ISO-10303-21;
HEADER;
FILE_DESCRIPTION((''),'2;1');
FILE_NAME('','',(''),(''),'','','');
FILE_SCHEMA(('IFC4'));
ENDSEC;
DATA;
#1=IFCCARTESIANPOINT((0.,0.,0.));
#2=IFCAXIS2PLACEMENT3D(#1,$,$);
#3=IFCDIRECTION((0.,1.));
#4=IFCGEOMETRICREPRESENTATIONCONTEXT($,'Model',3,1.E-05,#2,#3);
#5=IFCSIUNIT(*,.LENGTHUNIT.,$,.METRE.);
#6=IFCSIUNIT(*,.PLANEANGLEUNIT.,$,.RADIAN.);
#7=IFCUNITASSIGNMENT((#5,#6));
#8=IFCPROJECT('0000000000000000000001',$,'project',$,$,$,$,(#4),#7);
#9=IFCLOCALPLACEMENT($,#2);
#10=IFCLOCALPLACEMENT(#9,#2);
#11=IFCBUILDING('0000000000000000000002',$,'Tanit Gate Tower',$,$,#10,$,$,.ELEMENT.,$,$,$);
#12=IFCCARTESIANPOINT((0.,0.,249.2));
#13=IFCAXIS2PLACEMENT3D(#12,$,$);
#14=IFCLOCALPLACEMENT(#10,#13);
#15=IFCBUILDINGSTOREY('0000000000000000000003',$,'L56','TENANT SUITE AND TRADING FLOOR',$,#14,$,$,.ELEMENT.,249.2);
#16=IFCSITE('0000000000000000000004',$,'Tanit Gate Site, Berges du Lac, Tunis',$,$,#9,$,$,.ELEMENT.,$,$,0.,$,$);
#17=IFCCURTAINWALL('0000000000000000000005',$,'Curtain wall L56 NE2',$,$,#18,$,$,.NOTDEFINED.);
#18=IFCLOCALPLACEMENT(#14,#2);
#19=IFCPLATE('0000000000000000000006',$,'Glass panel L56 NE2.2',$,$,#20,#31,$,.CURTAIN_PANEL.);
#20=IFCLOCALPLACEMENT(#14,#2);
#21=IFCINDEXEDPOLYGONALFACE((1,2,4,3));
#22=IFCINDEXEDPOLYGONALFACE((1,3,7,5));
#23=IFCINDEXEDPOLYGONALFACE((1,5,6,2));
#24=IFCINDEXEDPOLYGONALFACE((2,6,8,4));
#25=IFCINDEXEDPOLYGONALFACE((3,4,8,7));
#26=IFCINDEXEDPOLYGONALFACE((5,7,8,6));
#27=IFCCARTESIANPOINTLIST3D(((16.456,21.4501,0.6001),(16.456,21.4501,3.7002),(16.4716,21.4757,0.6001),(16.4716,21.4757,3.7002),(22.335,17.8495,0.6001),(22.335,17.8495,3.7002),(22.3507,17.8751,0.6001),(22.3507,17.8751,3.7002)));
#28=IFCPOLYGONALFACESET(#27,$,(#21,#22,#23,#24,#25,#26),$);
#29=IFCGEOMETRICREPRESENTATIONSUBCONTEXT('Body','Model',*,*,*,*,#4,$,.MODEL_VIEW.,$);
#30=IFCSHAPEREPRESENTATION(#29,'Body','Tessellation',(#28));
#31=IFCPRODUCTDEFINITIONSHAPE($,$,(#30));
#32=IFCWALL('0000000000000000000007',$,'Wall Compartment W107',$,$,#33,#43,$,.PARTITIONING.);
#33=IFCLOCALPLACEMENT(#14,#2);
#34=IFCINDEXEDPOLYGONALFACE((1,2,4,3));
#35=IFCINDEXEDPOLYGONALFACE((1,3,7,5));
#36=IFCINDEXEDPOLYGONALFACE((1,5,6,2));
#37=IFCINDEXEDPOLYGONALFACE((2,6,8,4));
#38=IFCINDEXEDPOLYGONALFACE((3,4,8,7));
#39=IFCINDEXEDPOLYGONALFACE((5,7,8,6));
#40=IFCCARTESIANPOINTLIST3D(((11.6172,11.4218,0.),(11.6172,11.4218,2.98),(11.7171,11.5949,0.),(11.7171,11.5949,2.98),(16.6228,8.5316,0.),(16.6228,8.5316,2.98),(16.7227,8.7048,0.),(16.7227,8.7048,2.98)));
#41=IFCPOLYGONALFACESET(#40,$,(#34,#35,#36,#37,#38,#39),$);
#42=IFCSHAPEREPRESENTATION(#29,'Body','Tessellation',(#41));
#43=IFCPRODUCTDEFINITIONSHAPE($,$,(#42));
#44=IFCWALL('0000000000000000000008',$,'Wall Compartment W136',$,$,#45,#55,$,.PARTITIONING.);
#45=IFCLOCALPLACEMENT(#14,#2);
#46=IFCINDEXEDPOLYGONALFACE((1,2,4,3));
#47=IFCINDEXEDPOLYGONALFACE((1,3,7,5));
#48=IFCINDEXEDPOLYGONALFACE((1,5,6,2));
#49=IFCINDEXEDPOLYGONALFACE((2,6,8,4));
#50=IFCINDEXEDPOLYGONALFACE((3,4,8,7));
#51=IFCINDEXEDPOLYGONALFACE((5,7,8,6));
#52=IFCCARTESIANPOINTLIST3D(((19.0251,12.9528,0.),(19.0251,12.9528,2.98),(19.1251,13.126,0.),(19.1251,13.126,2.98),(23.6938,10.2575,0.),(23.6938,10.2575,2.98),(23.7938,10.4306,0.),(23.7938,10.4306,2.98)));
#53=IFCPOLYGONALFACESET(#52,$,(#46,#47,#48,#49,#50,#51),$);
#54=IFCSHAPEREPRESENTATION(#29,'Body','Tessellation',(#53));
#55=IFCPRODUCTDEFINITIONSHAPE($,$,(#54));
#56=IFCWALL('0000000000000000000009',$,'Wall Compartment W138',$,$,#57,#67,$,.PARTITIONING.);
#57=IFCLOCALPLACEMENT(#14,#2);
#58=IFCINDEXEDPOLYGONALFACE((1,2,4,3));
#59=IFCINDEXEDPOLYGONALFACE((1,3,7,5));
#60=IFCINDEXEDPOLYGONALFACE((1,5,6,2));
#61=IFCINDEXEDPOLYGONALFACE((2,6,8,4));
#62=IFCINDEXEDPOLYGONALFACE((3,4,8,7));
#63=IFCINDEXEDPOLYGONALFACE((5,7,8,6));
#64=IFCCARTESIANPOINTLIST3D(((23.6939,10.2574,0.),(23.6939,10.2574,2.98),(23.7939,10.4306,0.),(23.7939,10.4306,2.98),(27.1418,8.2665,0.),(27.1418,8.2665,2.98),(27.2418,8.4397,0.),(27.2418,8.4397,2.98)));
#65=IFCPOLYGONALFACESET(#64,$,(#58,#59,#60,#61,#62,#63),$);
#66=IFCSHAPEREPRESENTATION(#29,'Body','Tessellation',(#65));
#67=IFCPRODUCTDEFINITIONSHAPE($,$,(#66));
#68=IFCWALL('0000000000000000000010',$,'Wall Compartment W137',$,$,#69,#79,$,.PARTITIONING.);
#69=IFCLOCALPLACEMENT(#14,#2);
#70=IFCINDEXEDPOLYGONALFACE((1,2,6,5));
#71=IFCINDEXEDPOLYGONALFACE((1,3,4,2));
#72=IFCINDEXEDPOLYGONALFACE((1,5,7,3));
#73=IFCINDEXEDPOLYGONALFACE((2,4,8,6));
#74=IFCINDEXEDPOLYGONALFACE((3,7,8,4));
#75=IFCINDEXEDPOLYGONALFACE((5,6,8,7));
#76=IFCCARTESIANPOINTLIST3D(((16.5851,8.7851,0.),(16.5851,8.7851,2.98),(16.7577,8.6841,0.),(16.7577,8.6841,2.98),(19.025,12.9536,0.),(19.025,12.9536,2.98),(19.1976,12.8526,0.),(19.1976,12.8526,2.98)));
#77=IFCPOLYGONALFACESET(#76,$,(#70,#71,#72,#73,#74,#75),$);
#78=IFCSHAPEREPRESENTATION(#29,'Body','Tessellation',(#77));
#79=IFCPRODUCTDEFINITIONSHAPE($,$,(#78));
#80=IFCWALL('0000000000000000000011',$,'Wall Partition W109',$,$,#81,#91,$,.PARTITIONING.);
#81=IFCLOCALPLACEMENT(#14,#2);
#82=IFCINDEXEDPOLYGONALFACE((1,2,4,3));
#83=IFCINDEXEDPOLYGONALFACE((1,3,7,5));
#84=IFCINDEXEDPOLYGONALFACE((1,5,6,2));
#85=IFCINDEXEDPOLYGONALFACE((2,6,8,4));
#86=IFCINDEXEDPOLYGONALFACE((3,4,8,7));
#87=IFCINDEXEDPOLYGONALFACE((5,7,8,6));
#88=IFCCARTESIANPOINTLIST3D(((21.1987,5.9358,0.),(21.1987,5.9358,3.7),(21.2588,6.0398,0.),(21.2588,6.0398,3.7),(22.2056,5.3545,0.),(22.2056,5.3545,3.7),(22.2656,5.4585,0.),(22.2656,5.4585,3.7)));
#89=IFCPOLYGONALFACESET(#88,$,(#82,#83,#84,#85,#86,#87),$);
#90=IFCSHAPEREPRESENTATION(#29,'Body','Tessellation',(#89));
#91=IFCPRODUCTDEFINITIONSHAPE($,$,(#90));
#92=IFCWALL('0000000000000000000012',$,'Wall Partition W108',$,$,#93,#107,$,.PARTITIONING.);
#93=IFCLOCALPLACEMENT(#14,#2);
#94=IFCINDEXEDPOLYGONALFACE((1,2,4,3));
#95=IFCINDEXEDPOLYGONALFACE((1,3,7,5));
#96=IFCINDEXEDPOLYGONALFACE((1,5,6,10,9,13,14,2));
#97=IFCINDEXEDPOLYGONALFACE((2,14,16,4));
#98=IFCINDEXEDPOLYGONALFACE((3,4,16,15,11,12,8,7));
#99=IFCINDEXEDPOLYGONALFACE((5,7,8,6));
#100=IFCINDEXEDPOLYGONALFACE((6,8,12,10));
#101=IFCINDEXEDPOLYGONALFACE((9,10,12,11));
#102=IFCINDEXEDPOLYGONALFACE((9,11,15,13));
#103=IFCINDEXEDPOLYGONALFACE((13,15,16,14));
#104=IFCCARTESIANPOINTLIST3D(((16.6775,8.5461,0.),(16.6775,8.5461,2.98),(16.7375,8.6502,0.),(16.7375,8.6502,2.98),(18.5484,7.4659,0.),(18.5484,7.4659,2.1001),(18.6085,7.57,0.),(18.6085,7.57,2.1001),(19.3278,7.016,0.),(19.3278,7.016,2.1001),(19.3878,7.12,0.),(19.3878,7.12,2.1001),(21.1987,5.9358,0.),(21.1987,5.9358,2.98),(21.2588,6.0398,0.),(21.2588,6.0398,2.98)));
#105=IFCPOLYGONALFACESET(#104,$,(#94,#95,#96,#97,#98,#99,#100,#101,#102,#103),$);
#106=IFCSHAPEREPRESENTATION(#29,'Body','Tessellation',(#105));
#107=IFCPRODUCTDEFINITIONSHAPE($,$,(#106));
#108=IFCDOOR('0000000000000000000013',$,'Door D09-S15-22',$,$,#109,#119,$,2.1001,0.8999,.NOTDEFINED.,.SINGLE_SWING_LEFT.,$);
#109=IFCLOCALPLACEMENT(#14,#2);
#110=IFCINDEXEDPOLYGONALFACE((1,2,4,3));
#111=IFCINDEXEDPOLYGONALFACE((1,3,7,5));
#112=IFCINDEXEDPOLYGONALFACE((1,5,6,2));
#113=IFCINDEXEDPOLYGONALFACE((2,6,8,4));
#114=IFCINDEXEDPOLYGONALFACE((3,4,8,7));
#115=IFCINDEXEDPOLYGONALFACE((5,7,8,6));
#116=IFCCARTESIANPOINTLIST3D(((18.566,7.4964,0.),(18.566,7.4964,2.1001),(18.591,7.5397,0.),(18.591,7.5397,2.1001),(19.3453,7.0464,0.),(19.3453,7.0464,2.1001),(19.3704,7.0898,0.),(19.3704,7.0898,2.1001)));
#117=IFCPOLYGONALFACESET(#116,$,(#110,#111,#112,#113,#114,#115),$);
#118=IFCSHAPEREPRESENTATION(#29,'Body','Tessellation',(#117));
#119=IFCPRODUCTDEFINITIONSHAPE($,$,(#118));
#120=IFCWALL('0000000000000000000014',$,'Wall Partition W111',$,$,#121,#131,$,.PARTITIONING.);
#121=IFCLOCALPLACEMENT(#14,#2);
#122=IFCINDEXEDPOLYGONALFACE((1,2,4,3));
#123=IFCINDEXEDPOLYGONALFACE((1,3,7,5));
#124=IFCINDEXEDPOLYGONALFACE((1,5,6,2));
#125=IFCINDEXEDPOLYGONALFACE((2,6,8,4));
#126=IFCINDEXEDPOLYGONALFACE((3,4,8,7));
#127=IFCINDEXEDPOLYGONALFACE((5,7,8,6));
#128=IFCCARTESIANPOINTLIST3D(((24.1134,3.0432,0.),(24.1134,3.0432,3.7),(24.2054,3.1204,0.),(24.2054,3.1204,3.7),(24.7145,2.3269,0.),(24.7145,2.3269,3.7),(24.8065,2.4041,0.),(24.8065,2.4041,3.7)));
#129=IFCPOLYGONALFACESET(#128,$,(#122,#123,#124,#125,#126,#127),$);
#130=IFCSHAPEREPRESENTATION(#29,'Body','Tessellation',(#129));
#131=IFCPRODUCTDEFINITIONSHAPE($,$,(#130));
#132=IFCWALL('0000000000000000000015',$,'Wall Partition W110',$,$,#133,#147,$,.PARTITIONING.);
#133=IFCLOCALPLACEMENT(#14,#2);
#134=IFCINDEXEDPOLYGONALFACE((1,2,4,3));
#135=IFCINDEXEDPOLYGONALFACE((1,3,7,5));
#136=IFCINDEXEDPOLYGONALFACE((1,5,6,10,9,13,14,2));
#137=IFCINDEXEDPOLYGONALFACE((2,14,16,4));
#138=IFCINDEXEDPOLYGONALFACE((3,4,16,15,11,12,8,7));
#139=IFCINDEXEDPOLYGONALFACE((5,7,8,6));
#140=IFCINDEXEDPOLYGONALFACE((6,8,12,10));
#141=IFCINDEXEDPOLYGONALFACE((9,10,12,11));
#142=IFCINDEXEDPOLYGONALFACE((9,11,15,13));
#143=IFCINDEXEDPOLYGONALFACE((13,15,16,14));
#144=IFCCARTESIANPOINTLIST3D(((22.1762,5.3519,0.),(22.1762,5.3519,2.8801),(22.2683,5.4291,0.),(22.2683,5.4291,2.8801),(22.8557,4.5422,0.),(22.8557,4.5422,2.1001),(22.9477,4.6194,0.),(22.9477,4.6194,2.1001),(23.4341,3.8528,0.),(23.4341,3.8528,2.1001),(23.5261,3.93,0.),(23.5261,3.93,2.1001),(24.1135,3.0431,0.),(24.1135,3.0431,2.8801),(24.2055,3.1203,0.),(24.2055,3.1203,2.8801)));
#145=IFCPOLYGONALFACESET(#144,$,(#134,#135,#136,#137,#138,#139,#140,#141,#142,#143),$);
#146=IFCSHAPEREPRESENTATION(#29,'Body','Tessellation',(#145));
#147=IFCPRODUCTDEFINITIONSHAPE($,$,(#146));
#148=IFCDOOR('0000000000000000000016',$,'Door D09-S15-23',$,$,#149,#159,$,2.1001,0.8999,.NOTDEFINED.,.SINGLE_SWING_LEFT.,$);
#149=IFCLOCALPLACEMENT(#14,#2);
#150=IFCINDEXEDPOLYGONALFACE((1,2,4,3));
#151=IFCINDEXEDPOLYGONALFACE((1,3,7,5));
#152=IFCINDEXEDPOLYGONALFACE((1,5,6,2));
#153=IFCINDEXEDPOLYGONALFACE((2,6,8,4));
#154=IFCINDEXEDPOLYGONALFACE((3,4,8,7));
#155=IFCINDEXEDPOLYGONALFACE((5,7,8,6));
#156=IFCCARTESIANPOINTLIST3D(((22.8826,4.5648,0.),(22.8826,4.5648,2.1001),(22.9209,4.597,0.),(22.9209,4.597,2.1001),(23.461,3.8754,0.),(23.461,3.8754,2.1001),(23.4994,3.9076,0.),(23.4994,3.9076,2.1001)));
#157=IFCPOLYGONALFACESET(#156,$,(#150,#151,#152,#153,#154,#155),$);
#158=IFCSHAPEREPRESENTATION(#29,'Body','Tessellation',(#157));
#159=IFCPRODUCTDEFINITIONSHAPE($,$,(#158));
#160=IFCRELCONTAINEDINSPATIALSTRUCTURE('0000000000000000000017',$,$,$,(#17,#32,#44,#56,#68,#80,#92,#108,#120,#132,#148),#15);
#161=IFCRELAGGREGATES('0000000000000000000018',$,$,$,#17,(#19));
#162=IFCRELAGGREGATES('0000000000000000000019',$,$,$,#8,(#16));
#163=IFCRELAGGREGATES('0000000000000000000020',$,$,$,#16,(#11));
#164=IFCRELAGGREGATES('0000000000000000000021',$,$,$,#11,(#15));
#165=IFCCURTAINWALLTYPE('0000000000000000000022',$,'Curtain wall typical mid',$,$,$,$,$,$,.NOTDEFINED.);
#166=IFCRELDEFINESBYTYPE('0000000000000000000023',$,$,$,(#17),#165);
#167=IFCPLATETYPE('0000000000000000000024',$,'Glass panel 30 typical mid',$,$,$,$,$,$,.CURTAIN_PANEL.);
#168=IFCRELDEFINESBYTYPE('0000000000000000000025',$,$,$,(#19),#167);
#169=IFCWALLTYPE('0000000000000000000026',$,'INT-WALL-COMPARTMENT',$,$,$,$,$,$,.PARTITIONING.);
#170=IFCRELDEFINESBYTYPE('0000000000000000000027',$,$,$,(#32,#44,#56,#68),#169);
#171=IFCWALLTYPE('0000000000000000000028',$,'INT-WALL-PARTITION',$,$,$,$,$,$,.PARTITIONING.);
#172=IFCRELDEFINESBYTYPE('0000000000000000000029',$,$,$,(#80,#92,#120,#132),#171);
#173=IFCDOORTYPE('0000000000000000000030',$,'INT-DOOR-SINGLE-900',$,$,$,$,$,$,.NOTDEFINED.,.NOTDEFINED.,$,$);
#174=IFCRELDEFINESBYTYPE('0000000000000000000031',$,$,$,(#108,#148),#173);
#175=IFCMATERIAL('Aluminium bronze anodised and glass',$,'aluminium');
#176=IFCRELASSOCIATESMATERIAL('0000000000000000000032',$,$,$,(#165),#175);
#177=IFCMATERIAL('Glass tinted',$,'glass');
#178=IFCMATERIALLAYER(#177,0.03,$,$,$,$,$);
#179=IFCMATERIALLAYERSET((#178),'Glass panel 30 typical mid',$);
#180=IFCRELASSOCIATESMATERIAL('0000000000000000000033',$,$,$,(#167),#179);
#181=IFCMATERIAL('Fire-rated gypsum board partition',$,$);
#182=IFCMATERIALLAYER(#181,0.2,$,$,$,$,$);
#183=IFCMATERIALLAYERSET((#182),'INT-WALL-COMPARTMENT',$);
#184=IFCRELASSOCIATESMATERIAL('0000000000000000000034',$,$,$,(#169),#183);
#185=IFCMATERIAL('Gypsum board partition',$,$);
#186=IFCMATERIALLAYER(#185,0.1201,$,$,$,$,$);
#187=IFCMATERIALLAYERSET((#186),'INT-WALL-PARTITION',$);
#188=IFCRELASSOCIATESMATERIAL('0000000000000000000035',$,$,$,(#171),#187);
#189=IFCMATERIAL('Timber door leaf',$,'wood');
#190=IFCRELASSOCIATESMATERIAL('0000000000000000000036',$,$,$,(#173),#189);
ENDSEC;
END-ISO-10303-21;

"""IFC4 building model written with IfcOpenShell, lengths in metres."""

from ifc_helpers import new_model, si_unit, direction, frame, frame_2d, origin, origin_2d, place, context, subcontext, project, spatial, rectangle, extrude, material, layer, layer_set, type_object, element, fill, aggregate, save


model = new_model("IFC4")

# Units and contexts
model_context = context("Model", 3, precision=1e-05, world=origin(), true_north=direction((0.0, 1.0)))
body_context = subcontext(model_context, "Body", "Model", "MODEL_VIEW")
ifc_project = project(units=[si_unit("LENGTHUNIT", "METRE"), si_unit("PLANEANGLEUNIT", "RADIAN")], contexts=[model_context])

# Site, building, storey
site_placement = place(None, origin())
site = spatial("IfcSite", under=ifc_project, at=site_placement, Name="Tanit Gate Site, Berges du Lac, Tunis", CompositionType="ELEMENT", RefElevation=0.0)
building_placement = place(site_placement, origin())
building = spatial("IfcBuilding", under=site, at=building_placement, Name="Tanit Gate Tower", CompositionType="ELEMENT")
storey_placement = place(building_placement, frame((0.0, 0.0, 249.2)))
storey = spatial("IfcBuildingStorey", under=building, at=storey_placement, Name="L56", Description="TENANT SUITE AND TRADING FLOOR", CompositionType="ELEMENT", Elevation=249.2)

# Curtain wall
ifc_material_1 = material(Name="Aluminium bronze anodised and glass", Category="aluminium")
curtain_wall_type = type_object("IfcCurtainWallType", Name="Curtain wall typical mid", PredefinedType="NOTDEFINED", material=ifc_material_1)
curtain_wall_placement = place(storey_placement, origin())
curtain_wall = element("IfcCurtainWall", 1, at=curtain_wall_placement, inside=storey, type_object=curtain_wall_type, Name="Curtain wall L56 NE2", PredefinedType="NOTDEFINED")

# Plate
ifc_material_2 = material(Name="Glass tinted", Category="glass")
ifc_layer_1 = layer(ifc_material_2, 0.03)
ifc_layer_set_1 = layer_set([ifc_layer_1], Name="Glass panel 30 typical mid")
plate_type = type_object("IfcPlateType", Name="Glass panel 30 typical mid", PredefinedType="CURTAIN_PANEL", material=ifc_layer_set_1)
plate_placement = place(storey_placement, frame((19.4033, 19.6626, 0.6001), z_axis=(0.0, 0.0, 1.0), x_axis=(-0.852772, 0.522283, 0.0)))
plate = element("IfcPlate", 2, at=plate_placement, type_object=plate_type, Name="Glass panel L56 NE2.2", PredefinedType="CURTAIN_PANEL", context=body_context, shape_type="SweptSolid", body=[
    extrude(rectangle(XDim=6.894, YDim=0.03, at=origin_2d()), origin(), (0.0, 0.0, 1.0), 3.1001),
])
aggregate(curtain_wall, [plate])

# Walls
ifc_material_3 = material(Name="Fire-rated gypsum board partition")
ifc_layer_2 = layer(ifc_material_3, 0.2)
ifc_layer_set_2 = layer_set([ifc_layer_2], Name="INT-WALL-COMPARTMENT")
wall_type_1 = type_object("IfcWallType", Name="INT-WALL-COMPARTMENT", PredefinedType="PARTITIONING", material=ifc_layer_set_2)
wall_1_placement = place(storey_placement, frame((16.6729, 8.6182, 0.0), z_axis=(0.0, 0.0, 1.0), x_axis=(-0.866015, 0.500019, 0.0)))
element("IfcWall", 3, at=wall_1_placement, inside=storey, type_object=wall_type_1, Name="Wall Compartment W107", PredefinedType="PARTITIONING", context=body_context, shape_type="SweptSolid", body=[
    extrude(rectangle(XDim=5.78, YDim=0.2, at=frame_2d((2.8901, 0.0))), origin(), (0.0, 0.0, 1.0), 2.98),
])
wall_2_placement = place(storey_placement, frame((19.0752, 13.0393, 0.0), z_axis=(0.0, 0.0, 1.0), x_axis=(0.866039, -0.499977, 0.0)))
element("IfcWall", 4, at=wall_2_placement, inside=storey, type_object=wall_type_1, Name="Wall Compartment W136", PredefinedType="PARTITIONING", context=body_context, shape_type="SweptSolid", body=[
    extrude(rectangle(XDim=5.3909, YDim=0.2, at=frame_2d((2.6953, 0.0))), origin(), (0.0, 0.0, 1.0), 2.98),
])
wall_3_placement = place(storey_placement, frame((23.7439, 10.344, 0.0), z_axis=(0.0, 0.0, 1.0), x_axis=(0.865997, -0.50005, 0.0)))
element("IfcWall", 5, at=wall_3_placement, inside=storey, type_object=wall_type_1, Name="Wall Compartment W138", PredefinedType="PARTITIONING", context=body_context, shape_type="SweptSolid", body=[
    extrude(rectangle(XDim=3.9814, YDim=0.2, at=frame_2d((1.9907, 0.0))), origin(), (0.0, 0.0, 1.0), 2.98),
])
wall_4_placement = place(storey_placement, frame((19.1113, 12.9031, 0.0), z_axis=(0.0, 0.0, 1.0), x_axis=(-0.505159, -0.863026, 0.0)))
element("IfcWall", 6, at=wall_4_placement, inside=storey, type_object=wall_type_1, Name="Wall Compartment W137", PredefinedType="PARTITIONING", context=body_context, shape_type="SweptSolid", body=[
    extrude(rectangle(XDim=4.8301, YDim=0.2, at=frame_2d((2.415, 0.0))), origin(), (0.0, 0.0, 1.0), 2.98),
])
ifc_material_4 = material(Name="Gypsum board partition")
ifc_layer_3 = layer(ifc_material_4, 0.1201)
ifc_layer_set_3 = layer_set([ifc_layer_3], Name="INT-WALL-PARTITION")
wall_type_2 = type_object("IfcWallType", Name="INT-WALL-PARTITION", PredefinedType="PARTITIONING", material=ifc_layer_set_3)
wall_5_placement = place(storey_placement, frame((22.2356, 5.4065, 0.0), z_axis=(0.0, 0.0, 1.0), x_axis=(-0.866025, 0.500001, 0.0)))
element("IfcWall", 7, at=wall_5_placement, inside=storey, type_object=wall_type_2, Name="Wall Partition W109", PredefinedType="PARTITIONING", context=body_context, shape_type="SweptSolid", body=[
    extrude(rectangle(XDim=1.1626, YDim=0.1201, at=frame_2d((0.5813, 0.0))), origin(), (0.0, 0.0, 1.0), 3.7),
])

# Wall, opening, door
wall_6_placement = place(storey_placement, frame((21.2288, 5.9878, 0.0), z_axis=(0.0, 0.0, 1.0), x_axis=(-0.866024, 0.500002, 0.0)))
wall_6 = element("IfcWall", 8, at=wall_6_placement, inside=storey, type_object=wall_type_2, Name="Wall Partition W108", PredefinedType="PARTITIONING", context=body_context, shape_type="SweptSolid", body=[
    extrude(rectangle(XDim=5.2207, YDim=0.1201, at=frame_2d((2.6104, 0.0))), origin(), (0.0, 0.0, 1.0), 2.98),
])
opening_1_placement = place(wall_6_placement, frame((2.1604, 0.0, 0.0)))
opening_1 = element("IfcOpeningElement", 9, at=opening_1_placement, cuts=wall_6, PredefinedType="OPENING", context=body_context, shape_type="SweptSolid", body=[
    extrude(rectangle(XDim=0.8999, YDim=2.1001, at=frame_2d((0.45, 1.05))), frame((0.0, 0.0701, 0.0), z_axis=(0.0, -1.0, 0.0), x_axis=(1.0, 0.0, 0.0)), (0.0, 0.0, 1.0), 0.1401),
])
ifc_material_5 = material(Name="Timber door leaf", Category="wood")
door_type_1 = type_object("IfcDoorType", Name="INT-DOOR-SINGLE-900", OperationType="NOTDEFINED", PredefinedType="NOTDEFINED", material=ifc_material_5)
door_1_placement = place(opening_1_placement, origin())
door_1 = element("IfcDoor", 10, at=door_1_placement, inside=storey, type_object=door_type_1, Name="Door D09-S15-22", OperationType="SINGLE_SWING_LEFT", OverallHeight=2.1001, OverallWidth=0.8999, PredefinedType="NOTDEFINED", context=body_context, shape_type="SweptSolid", body=[
    extrude(rectangle(XDim=0.8999, YDim=2.1001, at=frame_2d((0.45, 1.05))), frame((0.0, 0.0249, 0.0), z_axis=(0.0, -1.0, 0.0), x_axis=(1.0, 0.0, 0.0)), (0.0, 0.0, 1.0), 0.05),
])
fill(opening_1, door_1)

# Wall
wall_7_placement = place(storey_placement, frame((24.7605, 2.3655, 0.0), z_axis=(0.0, 0.0, 1.0), x_axis=(-0.6428, 0.766034, 0.0)))
element("IfcWall", 11, at=wall_7_placement, inside=storey, type_object=wall_type_2, Name="Wall Partition W111", PredefinedType="PARTITIONING", context=body_context, shape_type="SweptSolid", body=[
    extrude(rectangle(XDim=0.9351, YDim=0.1201, at=frame_2d((0.4675, 0.0))), origin(), (0.0, 0.0, 1.0), 3.7),
])

# Wall, opening, door
wall_8_placement = place(storey_placement, frame((24.1594, 3.0818, 0.0), z_axis=(0.0, 0.0, 1.0), x_axis=(-0.64277, 0.766059, 0.0)))
wall_8 = element("IfcWall", 12, at=wall_8_placement, inside=storey, type_object=wall_type_2, Name="Wall Partition W110", PredefinedType="PARTITIONING", context=body_context, shape_type="SweptSolid", body=[
    extrude(rectangle(XDim=3.0139, YDim=0.1201, at=frame_2d((1.5068, 0.0))), origin(), (0.0, 0.0, 1.0), 2.8801),
])
opening_2_placement = place(wall_8_placement, frame((1.0569, 0.0, 0.0)))
opening_2 = element("IfcOpeningElement", 13, at=opening_2_placement, cuts=wall_8, PredefinedType="OPENING", context=body_context, shape_type="SweptSolid", body=[
    extrude(rectangle(XDim=0.8999, YDim=2.1001, at=frame_2d((0.45, 1.05))), frame((0.0, 0.0701, 0.0), z_axis=(0.0, -1.0, 0.0), x_axis=(1.0, 0.0, 0.0)), (0.0, 0.0, 1.0), 0.1401),
])
door_2_placement = place(opening_2_placement, origin())
door_2 = element("IfcDoor", 14, at=door_2_placement, inside=storey, type_object=door_type_1, Name="Door D09-S15-23", OperationType="SINGLE_SWING_LEFT", OverallHeight=2.1001, OverallWidth=0.8999, PredefinedType="NOTDEFINED", context=body_context, shape_type="SweptSolid", body=[
    extrude(rectangle(XDim=0.8999, YDim=2.1001, at=frame_2d((0.45, 1.05))), frame((0.0, 0.0249, 0.0), z_axis=(0.0, -1.0, 0.0), x_axis=(1.0, 0.0, 0.0)), (0.0, 0.0, 1.0), 0.05),
])
fill(opening_2, door_2)

save(model, "model.ifc")
